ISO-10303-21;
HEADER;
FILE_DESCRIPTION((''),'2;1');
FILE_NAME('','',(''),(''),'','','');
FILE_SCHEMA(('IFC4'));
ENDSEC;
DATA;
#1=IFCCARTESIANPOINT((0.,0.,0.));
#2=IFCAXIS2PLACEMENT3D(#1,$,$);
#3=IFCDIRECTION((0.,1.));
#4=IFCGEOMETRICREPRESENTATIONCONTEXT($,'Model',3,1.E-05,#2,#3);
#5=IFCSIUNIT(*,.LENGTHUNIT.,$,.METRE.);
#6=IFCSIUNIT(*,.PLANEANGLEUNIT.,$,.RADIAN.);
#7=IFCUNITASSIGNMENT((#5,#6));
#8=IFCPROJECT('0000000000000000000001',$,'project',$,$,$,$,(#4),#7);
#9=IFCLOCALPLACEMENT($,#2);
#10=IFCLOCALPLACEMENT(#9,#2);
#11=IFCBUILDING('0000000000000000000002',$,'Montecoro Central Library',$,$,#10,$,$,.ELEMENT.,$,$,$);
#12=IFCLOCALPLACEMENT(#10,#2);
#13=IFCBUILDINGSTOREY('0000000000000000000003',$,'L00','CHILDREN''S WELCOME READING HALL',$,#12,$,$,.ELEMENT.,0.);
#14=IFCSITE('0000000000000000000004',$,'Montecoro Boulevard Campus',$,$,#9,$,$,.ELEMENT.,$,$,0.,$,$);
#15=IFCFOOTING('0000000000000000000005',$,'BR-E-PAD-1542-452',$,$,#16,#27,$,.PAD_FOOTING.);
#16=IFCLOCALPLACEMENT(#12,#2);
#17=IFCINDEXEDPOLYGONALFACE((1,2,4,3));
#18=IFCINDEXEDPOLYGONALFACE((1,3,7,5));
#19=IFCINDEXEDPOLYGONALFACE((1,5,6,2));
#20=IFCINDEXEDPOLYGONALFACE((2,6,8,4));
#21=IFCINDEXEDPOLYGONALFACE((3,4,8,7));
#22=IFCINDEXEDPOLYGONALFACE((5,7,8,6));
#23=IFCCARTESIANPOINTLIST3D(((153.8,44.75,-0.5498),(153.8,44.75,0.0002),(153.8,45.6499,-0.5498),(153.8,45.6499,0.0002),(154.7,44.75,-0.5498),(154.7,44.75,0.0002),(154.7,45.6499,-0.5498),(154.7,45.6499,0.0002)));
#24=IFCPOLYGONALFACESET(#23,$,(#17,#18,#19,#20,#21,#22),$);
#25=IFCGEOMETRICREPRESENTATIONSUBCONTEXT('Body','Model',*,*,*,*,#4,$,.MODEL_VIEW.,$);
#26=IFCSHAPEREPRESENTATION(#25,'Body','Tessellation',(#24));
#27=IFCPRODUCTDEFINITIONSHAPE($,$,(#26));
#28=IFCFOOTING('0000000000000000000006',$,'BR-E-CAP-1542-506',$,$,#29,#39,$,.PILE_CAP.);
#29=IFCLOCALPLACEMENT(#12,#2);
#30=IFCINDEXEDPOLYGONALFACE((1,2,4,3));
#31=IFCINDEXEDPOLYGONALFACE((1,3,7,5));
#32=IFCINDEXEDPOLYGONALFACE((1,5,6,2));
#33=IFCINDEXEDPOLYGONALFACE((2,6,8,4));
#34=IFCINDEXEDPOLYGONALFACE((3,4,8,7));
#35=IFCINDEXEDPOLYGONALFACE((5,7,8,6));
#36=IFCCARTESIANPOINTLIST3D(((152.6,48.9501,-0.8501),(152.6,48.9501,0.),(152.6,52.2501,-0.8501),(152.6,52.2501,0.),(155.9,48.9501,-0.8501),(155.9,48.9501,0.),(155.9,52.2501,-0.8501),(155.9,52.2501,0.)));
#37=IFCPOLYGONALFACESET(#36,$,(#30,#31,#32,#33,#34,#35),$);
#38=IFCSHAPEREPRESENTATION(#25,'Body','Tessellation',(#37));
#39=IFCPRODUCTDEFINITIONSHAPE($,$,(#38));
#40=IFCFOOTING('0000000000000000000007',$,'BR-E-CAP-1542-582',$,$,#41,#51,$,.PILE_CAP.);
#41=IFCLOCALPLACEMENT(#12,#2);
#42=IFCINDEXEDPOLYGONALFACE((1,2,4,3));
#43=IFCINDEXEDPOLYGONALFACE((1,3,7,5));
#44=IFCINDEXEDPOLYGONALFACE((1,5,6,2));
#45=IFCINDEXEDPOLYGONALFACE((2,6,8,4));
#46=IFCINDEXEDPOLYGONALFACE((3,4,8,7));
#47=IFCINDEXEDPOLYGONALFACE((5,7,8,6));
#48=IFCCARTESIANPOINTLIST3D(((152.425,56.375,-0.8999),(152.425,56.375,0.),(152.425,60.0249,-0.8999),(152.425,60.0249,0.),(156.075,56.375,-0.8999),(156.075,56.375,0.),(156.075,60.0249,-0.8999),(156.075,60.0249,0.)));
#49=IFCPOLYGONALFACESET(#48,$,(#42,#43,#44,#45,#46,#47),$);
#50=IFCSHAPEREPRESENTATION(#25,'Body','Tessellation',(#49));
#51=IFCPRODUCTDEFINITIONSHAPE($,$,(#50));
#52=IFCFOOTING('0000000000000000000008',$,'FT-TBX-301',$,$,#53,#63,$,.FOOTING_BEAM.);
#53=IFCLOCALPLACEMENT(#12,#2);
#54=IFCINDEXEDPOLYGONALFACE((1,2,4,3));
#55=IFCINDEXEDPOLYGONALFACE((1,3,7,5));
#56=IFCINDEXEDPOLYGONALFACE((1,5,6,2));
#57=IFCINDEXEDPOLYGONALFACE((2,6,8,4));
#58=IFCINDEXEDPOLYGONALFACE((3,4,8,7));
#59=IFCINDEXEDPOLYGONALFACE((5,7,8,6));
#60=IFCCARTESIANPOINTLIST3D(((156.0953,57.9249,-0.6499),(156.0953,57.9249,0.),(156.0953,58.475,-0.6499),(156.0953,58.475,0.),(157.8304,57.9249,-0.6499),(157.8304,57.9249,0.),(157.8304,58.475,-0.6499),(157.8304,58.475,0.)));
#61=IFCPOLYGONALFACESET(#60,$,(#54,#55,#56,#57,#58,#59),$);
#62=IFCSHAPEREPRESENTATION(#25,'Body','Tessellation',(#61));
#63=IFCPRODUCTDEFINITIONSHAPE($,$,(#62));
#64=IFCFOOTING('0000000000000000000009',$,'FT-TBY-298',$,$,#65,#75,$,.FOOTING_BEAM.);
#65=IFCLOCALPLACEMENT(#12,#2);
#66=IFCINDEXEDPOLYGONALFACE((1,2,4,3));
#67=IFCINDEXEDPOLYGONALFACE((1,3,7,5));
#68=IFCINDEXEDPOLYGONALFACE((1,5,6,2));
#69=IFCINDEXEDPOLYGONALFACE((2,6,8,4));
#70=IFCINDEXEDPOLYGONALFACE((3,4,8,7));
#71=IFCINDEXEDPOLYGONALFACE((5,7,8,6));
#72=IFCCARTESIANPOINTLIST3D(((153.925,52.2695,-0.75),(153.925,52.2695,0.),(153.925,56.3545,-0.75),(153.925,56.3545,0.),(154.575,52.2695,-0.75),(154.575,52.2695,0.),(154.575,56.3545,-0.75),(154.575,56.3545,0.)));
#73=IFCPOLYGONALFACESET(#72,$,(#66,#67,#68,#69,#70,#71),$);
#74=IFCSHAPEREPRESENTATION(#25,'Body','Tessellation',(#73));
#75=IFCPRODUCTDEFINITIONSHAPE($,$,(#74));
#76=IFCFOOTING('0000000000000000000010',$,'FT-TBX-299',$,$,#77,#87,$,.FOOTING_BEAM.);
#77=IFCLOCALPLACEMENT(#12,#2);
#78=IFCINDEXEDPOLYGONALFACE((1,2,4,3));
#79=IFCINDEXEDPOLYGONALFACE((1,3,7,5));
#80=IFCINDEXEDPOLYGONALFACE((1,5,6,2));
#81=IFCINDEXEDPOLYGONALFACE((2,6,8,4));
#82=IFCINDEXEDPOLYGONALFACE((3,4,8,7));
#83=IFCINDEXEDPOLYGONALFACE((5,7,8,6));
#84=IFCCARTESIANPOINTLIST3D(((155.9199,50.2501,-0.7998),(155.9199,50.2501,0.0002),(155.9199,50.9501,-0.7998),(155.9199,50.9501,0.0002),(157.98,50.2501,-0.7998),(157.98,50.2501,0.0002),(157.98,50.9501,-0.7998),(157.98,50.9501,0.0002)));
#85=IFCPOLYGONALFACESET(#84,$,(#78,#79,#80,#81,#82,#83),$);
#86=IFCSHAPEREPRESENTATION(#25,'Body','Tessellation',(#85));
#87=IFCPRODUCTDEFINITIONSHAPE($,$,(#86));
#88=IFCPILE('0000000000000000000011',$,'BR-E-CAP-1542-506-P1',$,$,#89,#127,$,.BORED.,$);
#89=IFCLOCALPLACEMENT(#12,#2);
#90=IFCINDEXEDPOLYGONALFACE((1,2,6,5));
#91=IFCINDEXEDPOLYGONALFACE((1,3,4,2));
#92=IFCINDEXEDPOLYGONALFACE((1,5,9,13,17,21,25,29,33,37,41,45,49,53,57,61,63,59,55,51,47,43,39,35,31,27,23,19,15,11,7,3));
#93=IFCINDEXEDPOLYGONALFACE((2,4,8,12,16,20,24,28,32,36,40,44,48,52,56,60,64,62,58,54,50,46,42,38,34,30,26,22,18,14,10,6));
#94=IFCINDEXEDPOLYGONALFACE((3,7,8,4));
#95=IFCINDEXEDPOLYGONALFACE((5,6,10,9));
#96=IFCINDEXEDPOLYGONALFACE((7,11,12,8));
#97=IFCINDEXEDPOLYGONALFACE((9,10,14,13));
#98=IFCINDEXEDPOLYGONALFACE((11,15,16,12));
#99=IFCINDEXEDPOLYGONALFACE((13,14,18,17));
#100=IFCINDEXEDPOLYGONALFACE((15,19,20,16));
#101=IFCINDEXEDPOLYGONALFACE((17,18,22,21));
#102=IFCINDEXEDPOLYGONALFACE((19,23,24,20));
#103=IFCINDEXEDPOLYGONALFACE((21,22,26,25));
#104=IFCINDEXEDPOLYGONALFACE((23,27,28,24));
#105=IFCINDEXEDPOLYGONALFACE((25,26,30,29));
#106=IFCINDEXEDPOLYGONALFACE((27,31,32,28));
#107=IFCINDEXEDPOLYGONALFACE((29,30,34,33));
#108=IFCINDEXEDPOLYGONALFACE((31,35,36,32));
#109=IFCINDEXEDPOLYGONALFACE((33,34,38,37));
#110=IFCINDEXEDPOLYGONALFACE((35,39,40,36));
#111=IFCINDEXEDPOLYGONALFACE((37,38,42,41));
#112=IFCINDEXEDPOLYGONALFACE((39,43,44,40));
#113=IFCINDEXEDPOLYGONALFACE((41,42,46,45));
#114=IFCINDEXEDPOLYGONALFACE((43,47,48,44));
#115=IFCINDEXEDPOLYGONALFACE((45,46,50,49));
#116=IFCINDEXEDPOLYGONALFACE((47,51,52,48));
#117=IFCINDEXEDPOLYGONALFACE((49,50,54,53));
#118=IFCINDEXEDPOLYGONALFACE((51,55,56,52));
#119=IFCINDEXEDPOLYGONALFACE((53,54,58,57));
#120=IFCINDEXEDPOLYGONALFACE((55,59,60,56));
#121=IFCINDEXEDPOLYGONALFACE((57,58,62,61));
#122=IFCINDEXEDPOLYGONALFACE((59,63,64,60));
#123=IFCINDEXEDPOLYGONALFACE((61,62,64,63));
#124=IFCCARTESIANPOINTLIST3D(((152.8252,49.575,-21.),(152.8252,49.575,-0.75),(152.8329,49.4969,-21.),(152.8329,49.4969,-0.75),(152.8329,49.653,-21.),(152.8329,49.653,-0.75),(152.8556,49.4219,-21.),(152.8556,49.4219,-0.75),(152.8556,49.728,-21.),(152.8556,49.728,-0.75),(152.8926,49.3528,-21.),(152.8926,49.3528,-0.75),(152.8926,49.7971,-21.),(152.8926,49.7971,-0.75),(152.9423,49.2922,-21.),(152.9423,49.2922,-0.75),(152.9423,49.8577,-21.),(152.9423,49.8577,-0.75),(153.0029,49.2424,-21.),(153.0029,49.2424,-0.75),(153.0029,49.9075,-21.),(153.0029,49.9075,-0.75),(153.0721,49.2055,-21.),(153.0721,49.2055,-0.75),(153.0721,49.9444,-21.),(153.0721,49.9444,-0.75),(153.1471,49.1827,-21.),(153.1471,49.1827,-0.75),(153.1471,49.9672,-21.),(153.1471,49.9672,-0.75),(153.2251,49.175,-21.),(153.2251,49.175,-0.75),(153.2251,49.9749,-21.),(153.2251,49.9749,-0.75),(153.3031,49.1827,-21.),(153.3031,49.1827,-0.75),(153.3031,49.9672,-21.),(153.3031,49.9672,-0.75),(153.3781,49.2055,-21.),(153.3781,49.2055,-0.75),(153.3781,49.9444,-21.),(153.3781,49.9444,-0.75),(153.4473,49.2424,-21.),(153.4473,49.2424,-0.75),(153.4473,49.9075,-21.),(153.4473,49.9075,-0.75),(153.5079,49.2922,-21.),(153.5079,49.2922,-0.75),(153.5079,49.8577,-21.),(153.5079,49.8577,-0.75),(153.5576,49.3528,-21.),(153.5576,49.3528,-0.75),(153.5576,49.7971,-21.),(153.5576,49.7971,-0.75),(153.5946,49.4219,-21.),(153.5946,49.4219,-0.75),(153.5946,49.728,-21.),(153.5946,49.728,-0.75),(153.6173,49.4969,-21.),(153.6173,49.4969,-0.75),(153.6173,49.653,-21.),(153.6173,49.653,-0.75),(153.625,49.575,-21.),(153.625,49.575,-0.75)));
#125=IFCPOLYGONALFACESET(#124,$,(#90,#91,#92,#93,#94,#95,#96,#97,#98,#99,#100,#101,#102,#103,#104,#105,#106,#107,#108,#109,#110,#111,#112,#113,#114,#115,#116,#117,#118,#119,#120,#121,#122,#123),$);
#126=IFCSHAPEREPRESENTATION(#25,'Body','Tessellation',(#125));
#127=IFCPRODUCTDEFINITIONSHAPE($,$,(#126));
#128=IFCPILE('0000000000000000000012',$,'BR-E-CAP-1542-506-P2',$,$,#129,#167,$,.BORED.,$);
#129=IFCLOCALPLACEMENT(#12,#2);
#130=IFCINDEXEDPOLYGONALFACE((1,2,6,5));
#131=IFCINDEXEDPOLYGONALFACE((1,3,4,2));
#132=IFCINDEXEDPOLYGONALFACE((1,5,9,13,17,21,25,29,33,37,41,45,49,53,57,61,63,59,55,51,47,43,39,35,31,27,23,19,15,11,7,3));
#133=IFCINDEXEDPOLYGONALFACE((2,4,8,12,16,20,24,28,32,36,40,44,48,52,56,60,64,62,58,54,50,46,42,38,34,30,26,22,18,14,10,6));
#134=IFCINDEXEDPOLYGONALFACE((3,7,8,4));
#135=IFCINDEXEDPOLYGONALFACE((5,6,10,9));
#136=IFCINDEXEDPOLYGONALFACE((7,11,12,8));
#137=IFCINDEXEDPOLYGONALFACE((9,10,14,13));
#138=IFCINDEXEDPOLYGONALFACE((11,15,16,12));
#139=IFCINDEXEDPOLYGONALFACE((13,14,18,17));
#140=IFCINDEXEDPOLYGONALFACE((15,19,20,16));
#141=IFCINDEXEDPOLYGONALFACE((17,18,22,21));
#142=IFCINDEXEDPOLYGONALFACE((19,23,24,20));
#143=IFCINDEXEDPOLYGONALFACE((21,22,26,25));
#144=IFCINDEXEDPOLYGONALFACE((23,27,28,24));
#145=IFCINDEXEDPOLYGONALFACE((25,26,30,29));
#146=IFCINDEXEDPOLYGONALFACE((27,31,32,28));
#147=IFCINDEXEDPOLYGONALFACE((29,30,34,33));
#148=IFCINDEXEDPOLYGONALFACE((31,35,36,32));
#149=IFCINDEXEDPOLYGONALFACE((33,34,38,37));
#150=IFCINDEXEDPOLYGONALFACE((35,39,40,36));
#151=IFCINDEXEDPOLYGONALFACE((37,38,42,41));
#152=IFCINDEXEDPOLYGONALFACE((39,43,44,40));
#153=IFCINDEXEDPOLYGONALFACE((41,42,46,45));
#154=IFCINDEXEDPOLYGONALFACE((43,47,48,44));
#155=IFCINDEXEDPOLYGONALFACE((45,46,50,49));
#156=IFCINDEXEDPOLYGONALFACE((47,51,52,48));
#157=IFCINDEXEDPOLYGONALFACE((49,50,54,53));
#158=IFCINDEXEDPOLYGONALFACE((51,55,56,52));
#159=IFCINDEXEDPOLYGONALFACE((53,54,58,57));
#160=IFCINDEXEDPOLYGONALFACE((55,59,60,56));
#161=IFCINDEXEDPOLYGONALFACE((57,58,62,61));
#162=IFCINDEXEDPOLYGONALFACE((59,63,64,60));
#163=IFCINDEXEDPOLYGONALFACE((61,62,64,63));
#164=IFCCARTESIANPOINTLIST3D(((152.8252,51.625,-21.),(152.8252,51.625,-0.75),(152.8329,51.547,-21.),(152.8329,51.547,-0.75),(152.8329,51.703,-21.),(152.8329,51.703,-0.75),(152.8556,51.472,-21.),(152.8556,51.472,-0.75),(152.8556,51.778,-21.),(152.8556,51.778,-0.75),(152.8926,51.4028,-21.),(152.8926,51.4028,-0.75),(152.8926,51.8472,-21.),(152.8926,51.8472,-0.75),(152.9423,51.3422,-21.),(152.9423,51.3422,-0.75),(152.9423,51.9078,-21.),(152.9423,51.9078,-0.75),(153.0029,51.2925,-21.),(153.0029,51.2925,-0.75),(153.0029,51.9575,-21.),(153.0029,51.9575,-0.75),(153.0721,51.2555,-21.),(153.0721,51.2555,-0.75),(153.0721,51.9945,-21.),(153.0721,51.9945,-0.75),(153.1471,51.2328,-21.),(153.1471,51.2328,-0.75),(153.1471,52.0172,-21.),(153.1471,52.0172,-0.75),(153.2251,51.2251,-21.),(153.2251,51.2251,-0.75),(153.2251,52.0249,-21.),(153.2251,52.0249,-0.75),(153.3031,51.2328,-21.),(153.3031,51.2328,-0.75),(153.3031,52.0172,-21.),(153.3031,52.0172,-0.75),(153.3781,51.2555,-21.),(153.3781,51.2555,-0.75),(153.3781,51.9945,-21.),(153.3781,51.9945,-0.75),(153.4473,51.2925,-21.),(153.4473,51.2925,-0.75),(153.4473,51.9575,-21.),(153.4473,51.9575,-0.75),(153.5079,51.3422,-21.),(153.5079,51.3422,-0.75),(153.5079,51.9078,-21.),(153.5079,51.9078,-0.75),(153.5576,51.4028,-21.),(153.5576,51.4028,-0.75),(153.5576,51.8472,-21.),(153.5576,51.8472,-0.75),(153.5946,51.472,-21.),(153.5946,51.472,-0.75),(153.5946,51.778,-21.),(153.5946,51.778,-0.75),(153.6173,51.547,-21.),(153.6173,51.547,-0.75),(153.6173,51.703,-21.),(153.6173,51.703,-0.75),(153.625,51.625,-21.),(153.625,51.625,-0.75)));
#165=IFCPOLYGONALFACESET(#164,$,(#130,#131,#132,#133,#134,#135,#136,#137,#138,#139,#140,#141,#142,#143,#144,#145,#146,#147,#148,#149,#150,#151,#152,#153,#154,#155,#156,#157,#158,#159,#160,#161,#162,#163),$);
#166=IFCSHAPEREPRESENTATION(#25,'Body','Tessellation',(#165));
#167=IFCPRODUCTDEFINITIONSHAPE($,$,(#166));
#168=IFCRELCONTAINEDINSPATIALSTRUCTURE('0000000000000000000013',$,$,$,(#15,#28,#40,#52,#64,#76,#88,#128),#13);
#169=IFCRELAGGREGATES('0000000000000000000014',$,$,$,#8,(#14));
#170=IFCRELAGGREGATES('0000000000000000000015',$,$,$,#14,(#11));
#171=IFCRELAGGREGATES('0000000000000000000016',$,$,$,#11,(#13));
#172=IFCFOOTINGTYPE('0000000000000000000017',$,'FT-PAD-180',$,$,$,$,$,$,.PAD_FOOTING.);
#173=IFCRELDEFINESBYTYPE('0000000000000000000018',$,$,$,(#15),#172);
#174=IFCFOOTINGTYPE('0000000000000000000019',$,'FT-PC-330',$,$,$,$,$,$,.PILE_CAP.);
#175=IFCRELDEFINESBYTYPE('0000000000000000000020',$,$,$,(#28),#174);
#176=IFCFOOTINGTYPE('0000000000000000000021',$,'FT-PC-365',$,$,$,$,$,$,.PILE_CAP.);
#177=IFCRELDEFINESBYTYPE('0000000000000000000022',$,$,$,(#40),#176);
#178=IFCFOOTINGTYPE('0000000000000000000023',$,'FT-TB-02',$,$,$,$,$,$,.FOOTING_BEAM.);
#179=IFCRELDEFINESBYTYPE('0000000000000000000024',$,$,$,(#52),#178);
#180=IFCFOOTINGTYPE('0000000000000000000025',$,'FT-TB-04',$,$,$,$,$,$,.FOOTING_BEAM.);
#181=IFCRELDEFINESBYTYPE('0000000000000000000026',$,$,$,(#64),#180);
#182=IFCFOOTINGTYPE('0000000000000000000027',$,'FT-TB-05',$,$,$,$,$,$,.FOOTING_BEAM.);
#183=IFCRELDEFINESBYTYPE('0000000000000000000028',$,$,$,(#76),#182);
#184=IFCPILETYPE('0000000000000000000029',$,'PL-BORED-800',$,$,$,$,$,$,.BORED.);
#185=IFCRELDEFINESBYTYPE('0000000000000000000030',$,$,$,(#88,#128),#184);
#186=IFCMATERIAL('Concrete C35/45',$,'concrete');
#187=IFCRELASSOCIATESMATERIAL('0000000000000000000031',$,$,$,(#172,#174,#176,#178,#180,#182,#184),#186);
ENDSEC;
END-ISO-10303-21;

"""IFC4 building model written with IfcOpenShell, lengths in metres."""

from ifc_helpers import new_model, si_unit, direction, frame, origin, origin_2d, place, context, subcontext, project, spatial, rectangle, circle, extrude, material, material_profile, profile_set, type_object, element, save


model = new_model("IFC4")

# Units and contexts
model_context = context("Model", 3, precision=1e-05, world=origin(), true_north=direction((0.0, 1.0)))
body_context = subcontext(model_context, "Body", "Model", "MODEL_VIEW")
ifc_project = project(units=[si_unit("LENGTHUNIT", "METRE"), si_unit("PLANEANGLEUNIT", "RADIAN")], contexts=[model_context])

# Site, building, storey
site_placement = place(None, origin())
site = spatial("IfcSite", under=ifc_project, at=site_placement, Name="Montecoro Boulevard Campus", CompositionType="ELEMENT", RefElevation=0.0)
building_placement = place(site_placement, origin())
building = spatial("IfcBuilding", under=site, at=building_placement, Name="Montecoro Central Library", CompositionType="ELEMENT")
storey_placement = place(building_placement, origin())
storey = spatial("IfcBuildingStorey", under=building, at=storey_placement, Name="L00", Description="CHILDREN'S WELCOME READING HALL", CompositionType="ELEMENT", Elevation=0.0)

# Footings
ifc_material_1 = material(Name="Concrete C35/45", Category="concrete")
footing_type_1 = type_object("IfcFootingType", Name="FT-PAD-180", PredefinedType="PAD_FOOTING", material=ifc_material_1)
footing_1_placement = place(storey_placement, frame((154.25, 45.2, -0.5498), z_axis=(0.0, 0.0, 1.0), x_axis=(1.0, 0.0, 0.0)))
element("IfcFooting", 1, at=footing_1_placement, inside=storey, type_object=footing_type_1, Name="BR-E-PAD-1542-452", PredefinedType="PAD_FOOTING", context=body_context, shape_type="SweptSolid", body=[
    extrude(rectangle(XDim=0.8999, YDim=0.8999, at=origin_2d()), origin(), (0.0, 0.0, 1.0), 0.55),
])
footing_type_2 = type_object("IfcFootingType", Name="FT-PC-330", PredefinedType="PILE_CAP", material=ifc_material_1)
footing_2_placement = place(storey_placement, frame((154.25, 50.6001, -0.8501), z_axis=(0.0, 0.0, 1.0), x_axis=(1.0, 0.0, 0.0)))
element("IfcFooting", 2, at=footing_2_placement, inside=storey, type_object=footing_type_2, Name="BR-E-CAP-1542-506", PredefinedType="PILE_CAP", context=body_context, shape_type="SweptSolid", body=[
    extrude(rectangle(XDim=3.3, YDim=3.3, at=origin_2d()), origin(), (0.0, 0.0, 1.0), 0.8501),
])
footing_type_3 = type_object("IfcFootingType", Name="FT-PC-365", PredefinedType="PILE_CAP", material=ifc_material_1)
footing_3_placement = place(storey_placement, frame((154.25, 58.2, -0.8999), z_axis=(0.0, 0.0, 1.0), x_axis=(1.0, 0.0, 0.0)))
element("IfcFooting", 3, at=footing_3_placement, inside=storey, type_object=footing_type_3, Name="BR-E-CAP-1542-582", PredefinedType="PILE_CAP", context=body_context, shape_type="SweptSolid", body=[
    extrude(rectangle(XDim=3.6499, YDim=3.6499, at=origin_2d()), origin(), (0.0, 0.0, 1.0), 0.8999),
])
footing_type_4 = type_object("IfcFootingType", Name="FT-TB-02", PredefinedType="FOOTING_BEAM", material=ifc_material_1)
footing_4_placement = place(storey_placement, frame((156.9629, 58.2, -0.6499), z_axis=(0.0, 0.0, 1.0), x_axis=(1.0, 0.0, 0.0)))
element("IfcFooting", 4, at=footing_4_placement, inside=storey, type_object=footing_type_4, Name="FT-TBX-301", PredefinedType="FOOTING_BEAM", context=body_context, shape_type="SweptSolid", body=[
    extrude(rectangle(XDim=1.7351, YDim=0.55, at=origin_2d()), origin(), (0.0, 0.0, 1.0), 0.6499),
])
footing_type_5 = type_object("IfcFootingType", Name="FT-TB-04", PredefinedType="FOOTING_BEAM", material=ifc_material_1)
footing_5_placement = place(storey_placement, frame((154.25, 54.312, -0.75), z_axis=(0.0, 0.0, 1.0), x_axis=(1.0, 0.0, 0.0)))
element("IfcFooting", 5, at=footing_5_placement, inside=storey, type_object=footing_type_5, Name="FT-TBY-298", PredefinedType="FOOTING_BEAM", context=body_context, shape_type="SweptSolid", body=[
    extrude(rectangle(XDim=0.6499, YDim=4.085, at=origin_2d()), origin(), (0.0, 0.0, 1.0), 0.75),
])
footing_type_6 = type_object("IfcFootingType", Name="FT-TB-05", PredefinedType="FOOTING_BEAM", material=ifc_material_1)
footing_6_placement = place(storey_placement, frame((156.95, 50.6001, -0.7998), z_axis=(0.0, 0.0, 1.0), x_axis=(1.0, 0.0, 0.0)))
element("IfcFooting", 6, at=footing_6_placement, inside=storey, type_object=footing_type_6, Name="FT-TBX-299", PredefinedType="FOOTING_BEAM", context=body_context, shape_type="SweptSolid", body=[
    extrude(rectangle(XDim=2.0601, YDim=0.7, at=origin_2d()), origin(), (0.0, 0.0, 1.0), 0.8),
])

# Piles
ifc_material_profile_1 = material_profile(ifc_material_1, circle(Radius=0.3999, at=origin_2d()), Name="PILE D800")
ifc_profile_set_1 = profile_set([ifc_material_profile_1], Name="Concrete C35/45")
pile_type_1 = type_object("IfcPileType", Name="PL-BORED-800", PredefinedType="BORED", material=ifc_profile_set_1)
for number, where, z_axis, x_axis, name in (
    (7, (153.2251, 49.575, -0.75), (0.0, 0.0, -1.0), (1.0, 0.0, 0.0), "BR-E-CAP-1542-506-P1"),
    (8, (153.2251, 51.625, -0.75), (0.0, 0.0, -1.0), (1.0, 0.0, 0.0), "BR-E-CAP-1542-506-P2"),
):
    element("IfcPile", number, at=place(storey_placement, frame(where, z_axis=z_axis, x_axis=x_axis)), inside=storey, type_object=pile_type_1, Name=name, PredefinedType="BORED", context=body_context, shape_type="SweptSolid", body=[
        extrude(circle(Radius=0.3999, at=origin_2d()), origin(), (0.0, 0.0, 1.0), 20.25),
    ])

save(model, "model.ifc")
